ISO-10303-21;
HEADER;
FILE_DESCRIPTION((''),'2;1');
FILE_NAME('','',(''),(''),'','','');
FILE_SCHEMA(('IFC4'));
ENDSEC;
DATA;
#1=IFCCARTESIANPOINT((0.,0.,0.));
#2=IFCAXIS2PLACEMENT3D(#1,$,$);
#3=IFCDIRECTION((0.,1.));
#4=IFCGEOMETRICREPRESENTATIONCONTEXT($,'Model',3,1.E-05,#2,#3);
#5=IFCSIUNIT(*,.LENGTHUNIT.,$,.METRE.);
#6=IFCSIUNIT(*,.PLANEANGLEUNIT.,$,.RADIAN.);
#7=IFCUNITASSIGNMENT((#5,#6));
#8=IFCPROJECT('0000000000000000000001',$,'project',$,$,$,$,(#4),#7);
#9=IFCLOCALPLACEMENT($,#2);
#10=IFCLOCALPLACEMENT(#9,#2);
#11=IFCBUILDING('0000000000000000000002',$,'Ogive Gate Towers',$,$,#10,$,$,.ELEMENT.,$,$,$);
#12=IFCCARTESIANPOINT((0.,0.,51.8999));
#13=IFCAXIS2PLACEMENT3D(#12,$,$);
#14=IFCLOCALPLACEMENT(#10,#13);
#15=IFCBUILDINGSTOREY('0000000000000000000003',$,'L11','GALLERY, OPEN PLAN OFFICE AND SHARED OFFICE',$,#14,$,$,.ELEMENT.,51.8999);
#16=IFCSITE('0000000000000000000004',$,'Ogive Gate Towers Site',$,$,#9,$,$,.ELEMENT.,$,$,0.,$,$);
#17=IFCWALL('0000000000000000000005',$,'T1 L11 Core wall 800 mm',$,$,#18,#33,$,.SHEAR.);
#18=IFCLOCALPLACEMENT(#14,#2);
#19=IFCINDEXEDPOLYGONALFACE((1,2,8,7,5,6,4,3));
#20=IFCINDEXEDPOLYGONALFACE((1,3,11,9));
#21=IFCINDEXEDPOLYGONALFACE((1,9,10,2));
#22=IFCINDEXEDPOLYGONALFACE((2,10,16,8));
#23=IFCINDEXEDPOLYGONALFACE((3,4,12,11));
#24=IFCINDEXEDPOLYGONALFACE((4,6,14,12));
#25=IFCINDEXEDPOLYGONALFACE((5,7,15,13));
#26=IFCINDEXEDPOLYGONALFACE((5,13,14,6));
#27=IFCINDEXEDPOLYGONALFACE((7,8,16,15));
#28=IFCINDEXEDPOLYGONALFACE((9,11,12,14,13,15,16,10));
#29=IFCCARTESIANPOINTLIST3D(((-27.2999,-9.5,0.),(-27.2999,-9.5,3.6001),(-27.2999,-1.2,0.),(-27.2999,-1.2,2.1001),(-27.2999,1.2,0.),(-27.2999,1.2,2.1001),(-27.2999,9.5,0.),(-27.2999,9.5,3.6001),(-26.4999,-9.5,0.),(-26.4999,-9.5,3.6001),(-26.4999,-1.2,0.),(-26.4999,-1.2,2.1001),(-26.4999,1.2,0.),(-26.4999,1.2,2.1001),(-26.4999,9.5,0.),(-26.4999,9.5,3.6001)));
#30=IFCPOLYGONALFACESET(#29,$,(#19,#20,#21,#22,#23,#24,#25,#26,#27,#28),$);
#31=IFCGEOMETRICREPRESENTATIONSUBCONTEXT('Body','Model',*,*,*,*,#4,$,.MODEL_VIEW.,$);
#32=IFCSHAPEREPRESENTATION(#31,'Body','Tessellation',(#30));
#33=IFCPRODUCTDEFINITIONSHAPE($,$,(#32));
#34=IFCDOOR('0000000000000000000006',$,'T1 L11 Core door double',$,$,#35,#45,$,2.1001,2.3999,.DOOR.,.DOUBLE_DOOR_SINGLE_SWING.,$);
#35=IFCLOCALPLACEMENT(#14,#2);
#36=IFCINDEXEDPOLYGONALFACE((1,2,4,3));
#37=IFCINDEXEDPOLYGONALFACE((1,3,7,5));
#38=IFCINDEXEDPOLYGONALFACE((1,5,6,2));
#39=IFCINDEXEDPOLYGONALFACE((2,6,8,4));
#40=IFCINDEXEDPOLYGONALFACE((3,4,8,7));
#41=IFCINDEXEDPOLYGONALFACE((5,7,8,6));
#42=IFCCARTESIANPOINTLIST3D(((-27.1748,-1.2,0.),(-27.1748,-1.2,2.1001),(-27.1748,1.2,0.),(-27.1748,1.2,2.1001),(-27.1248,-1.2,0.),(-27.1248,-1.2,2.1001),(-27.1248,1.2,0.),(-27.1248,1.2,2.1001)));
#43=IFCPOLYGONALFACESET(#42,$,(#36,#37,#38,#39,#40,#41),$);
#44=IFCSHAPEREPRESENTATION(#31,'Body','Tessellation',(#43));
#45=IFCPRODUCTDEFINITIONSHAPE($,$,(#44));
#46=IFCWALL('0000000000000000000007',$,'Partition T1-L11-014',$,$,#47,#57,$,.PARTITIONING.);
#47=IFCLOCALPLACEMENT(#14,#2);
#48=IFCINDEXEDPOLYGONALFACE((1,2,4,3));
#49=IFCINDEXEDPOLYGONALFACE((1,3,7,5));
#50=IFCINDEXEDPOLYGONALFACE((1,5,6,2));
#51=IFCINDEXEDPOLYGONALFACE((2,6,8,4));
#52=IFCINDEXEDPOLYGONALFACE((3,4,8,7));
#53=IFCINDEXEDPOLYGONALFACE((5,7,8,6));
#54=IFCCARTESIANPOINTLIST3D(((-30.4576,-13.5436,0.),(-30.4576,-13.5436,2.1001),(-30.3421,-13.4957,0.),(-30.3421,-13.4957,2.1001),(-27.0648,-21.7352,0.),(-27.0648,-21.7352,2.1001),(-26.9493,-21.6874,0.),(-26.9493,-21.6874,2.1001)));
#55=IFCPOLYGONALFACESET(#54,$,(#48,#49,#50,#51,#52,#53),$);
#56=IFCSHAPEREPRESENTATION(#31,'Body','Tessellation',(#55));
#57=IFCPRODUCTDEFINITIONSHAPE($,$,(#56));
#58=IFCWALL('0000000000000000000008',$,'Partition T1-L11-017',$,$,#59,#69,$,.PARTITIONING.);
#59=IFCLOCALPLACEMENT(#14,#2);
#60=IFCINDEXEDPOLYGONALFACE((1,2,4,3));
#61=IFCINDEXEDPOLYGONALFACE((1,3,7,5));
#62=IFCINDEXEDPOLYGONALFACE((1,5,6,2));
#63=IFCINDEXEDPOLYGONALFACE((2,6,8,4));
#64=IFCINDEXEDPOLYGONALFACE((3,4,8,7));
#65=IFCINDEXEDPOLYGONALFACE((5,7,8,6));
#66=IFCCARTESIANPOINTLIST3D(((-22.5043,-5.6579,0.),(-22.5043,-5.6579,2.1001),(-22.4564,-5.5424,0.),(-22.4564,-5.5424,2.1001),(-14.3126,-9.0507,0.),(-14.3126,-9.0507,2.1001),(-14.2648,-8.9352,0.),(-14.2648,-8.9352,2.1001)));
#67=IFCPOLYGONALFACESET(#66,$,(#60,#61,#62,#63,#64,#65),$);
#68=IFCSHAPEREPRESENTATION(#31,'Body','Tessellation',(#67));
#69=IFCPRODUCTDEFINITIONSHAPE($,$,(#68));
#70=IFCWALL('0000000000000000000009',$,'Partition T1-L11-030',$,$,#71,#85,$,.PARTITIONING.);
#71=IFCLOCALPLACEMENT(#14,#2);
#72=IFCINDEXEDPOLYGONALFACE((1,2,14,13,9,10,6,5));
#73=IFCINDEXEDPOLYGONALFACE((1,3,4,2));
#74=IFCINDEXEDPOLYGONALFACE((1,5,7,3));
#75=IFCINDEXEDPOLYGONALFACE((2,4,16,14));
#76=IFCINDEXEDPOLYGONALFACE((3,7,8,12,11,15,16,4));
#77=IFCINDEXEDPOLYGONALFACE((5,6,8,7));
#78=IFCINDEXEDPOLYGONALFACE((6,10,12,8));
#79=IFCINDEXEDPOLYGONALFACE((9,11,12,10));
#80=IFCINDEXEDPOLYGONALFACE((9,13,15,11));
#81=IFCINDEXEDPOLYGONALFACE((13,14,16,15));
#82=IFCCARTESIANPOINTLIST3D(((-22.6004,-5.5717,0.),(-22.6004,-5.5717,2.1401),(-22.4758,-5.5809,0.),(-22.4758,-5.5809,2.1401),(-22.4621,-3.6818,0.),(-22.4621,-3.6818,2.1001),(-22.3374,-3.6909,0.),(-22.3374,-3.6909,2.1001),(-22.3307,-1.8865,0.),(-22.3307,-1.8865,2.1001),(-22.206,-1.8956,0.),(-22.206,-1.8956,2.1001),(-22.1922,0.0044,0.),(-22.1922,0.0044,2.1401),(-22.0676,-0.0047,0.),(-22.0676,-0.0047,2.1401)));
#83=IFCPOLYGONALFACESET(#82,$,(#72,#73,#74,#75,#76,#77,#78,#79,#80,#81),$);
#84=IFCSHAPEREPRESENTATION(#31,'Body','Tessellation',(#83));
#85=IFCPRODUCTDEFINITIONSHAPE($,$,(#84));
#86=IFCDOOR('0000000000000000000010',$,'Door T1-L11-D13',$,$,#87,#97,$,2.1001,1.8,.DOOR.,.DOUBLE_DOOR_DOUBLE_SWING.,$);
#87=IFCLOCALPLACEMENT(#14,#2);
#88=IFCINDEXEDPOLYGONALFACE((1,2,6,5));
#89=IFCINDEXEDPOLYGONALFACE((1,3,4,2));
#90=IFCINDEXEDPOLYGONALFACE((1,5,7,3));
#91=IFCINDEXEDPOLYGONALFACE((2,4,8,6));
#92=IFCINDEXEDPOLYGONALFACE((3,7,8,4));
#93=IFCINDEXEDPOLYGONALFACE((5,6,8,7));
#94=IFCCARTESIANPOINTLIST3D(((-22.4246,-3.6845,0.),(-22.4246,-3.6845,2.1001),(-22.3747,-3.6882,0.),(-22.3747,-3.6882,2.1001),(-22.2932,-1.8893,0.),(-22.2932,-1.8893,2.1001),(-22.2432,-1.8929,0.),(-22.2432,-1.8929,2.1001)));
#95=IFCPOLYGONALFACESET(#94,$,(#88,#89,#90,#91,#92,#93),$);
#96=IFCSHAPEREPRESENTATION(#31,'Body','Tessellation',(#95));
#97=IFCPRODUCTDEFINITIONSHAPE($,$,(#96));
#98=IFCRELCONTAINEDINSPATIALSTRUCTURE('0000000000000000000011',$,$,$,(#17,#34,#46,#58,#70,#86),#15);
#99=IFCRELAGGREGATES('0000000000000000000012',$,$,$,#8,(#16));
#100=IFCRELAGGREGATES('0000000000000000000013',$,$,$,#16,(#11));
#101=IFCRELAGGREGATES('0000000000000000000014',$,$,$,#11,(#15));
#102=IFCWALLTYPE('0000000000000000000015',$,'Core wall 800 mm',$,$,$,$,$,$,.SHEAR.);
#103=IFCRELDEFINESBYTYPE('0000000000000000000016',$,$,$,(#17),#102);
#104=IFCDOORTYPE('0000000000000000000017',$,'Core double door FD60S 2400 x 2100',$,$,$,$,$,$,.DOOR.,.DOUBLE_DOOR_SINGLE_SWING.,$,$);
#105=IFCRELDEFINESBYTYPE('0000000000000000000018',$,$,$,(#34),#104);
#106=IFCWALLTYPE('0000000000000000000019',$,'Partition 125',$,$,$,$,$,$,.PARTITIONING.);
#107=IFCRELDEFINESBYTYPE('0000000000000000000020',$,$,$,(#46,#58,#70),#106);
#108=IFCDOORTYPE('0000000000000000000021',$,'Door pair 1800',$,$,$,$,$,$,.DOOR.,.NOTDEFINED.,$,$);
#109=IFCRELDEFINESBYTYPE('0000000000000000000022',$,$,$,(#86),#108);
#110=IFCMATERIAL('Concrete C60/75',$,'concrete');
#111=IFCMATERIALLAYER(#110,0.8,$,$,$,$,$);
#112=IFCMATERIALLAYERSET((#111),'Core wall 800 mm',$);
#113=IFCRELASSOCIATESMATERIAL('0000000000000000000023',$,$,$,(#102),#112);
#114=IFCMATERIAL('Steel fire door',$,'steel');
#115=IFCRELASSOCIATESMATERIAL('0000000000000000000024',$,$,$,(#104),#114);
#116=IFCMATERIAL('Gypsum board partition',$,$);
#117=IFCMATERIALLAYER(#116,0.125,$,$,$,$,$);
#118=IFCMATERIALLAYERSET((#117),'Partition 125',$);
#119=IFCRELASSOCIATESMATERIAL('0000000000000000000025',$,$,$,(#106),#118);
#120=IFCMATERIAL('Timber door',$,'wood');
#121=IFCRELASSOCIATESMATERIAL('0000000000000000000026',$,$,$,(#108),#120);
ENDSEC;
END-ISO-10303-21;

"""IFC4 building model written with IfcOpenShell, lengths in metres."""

from ifc_helpers import new_model, si_unit, direction, frame, frame_2d, origin, place, context, subcontext, project, spatial, rectangle, extrude, material, layer, layer_set, type_object, element, fill, save


model = new_model("IFC4")

# Units and contexts
model_context = context("Model", 3, precision=1e-05, world=origin(), true_north=direction((0.0, 1.0)))
body_context = subcontext(model_context, "Body", "Model", "MODEL_VIEW")
ifc_project = project(units=[si_unit("LENGTHUNIT", "METRE"), si_unit("PLANEANGLEUNIT", "RADIAN")], contexts=[model_context])

# Site, building, storey
site_placement = place(None, origin())
site = spatial("IfcSite", under=ifc_project, at=site_placement, Name="Ogive Gate Towers Site", CompositionType="ELEMENT", RefElevation=0.0)
building_placement = place(site_placement, origin())
building = spatial("IfcBuilding", under=site, at=building_placement, Name="Ogive Gate Towers", CompositionType="ELEMENT")
storey_placement = place(building_placement, frame((0.0, 0.0, 51.8999)))
storey = spatial("IfcBuildingStorey", under=building, at=storey_placement, Name="L11", Description="GALLERY, OPEN PLAN OFFICE AND SHARED OFFICE", CompositionType="ELEMENT", Elevation=51.8999)

# Wall, opening, door
ifc_material_1 = material(Name="Timber door", Category="wood")
ifc_material_2 = material(Name="Concrete C60/75", Category="concrete")
ifc_layer_1 = layer(ifc_material_2, 0.8)
ifc_layer_set_1 = layer_set([ifc_layer_1], Name="Core wall 800 mm")
wall_type_1 = type_object("IfcWallType", Name="Core wall 800 mm", PredefinedType="SHEAR", material=ifc_layer_set_1)
wall_1_placement = place(storey_placement, frame((-26.8999, -9.5, 0.0), z_axis=(0.0, 0.0, 1.0), x_axis=(0.0, 1.0, 0.0)))
wall_1 = element("IfcWall", 1, at=wall_1_placement, inside=storey, type_object=wall_type_1, Name="T1 L11 Core wall 800 mm", PredefinedType="SHEAR", context=body_context, shape_type="SweptSolid", body=[
    extrude(rectangle(XDim=19.0, YDim=0.8, at=frame_2d((9.5, 0.0))), origin(), (0.0, 0.0, 1.0), 3.6001),
])
opening_1_placement = place(wall_1_placement, frame((8.3, 0.0, 0.0)))
opening_1 = element("IfcOpeningElement", 2, at=opening_1_placement, cuts=wall_1, PredefinedType="OPENING", context=body_context, shape_type="SweptSolid", body=[
    extrude(rectangle(XDim=2.3999, YDim=2.1001, at=frame_2d((1.2, 1.05))), frame((0.0, 0.4102, 0.0), z_axis=(0.0, -1.0, 0.0), x_axis=(1.0, 0.0, 0.0)), (0.0, 0.0, 1.0), 0.8201),
])
ifc_material_3 = material(Name="Steel fire door", Category="steel")
door_type_1 = type_object("IfcDoorType", Name="Core double door FD60S 2400 x 2100", OperationType="DOUBLE_DOOR_SINGLE_SWING", PredefinedType="DOOR", material=ifc_material_3)
door_1_placement = place(opening_1_placement, origin())
door_1 = element("IfcDoor", 3, at=door_1_placement, inside=storey, type_object=door_type_1, Name="T1 L11 Core door double", OperationType="DOUBLE_DOOR_SINGLE_SWING", OverallHeight=2.1001, OverallWidth=2.3999, PredefinedType="DOOR", context=body_context, shape_type="SweptSolid", body=[
    extrude(rectangle(XDim=2.3999, YDim=2.1001, at=frame_2d((1.2, 1.05))), frame((0.0, 0.2749, 0.0), z_axis=(0.0, -1.0, 0.0), x_axis=(1.0, 0.0, 0.0)), (0.0, 0.0, 1.0), 0.05),
])
fill(opening_1, door_1)

# Walls
ifc_material_4 = material(Name="Gypsum board partition")
ifc_layer_2 = layer(ifc_material_4, 0.125)
ifc_layer_set_2 = layer_set([ifc_layer_2], Name="Partition 125")
wall_type_2 = type_object("IfcWallType", Name="Partition 125", PredefinedType="PARTITIONING", material=ifc_layer_set_2)
for number, where, z_axis, x_axis, name in (
    (4, (-27.0071, -21.7112, 0.0), (0.0, 0.0, 1.0), (-0.382657, 0.92389, 0.0), "Partition T1-L11-014"),
    (5, (-14.2888, -8.9929, 0.0), (0.0, 0.0, 1.0), (-0.92389, 0.382657, 0.0), "Partition T1-L11-017"),
):
    element("IfcWall", number, at=place(storey_placement, frame(where, z_axis=z_axis, x_axis=x_axis)), inside=storey, type_object=wall_type_2, Name=name, PredefinedType="PARTITIONING", context=body_context, shape_type="SweptSolid", body=[
        extrude(rectangle(XDim=8.8665, YDim=0.125, at=frame_2d((4.4331, 0.0))), origin(), (0.0, 0.0, 1.0), 2.1001),
    ])

# Wall, opening, door
wall_2_placement = place(storey_placement, frame((-22.5381, -5.5762, 0.0), z_axis=(0.0, 0.0, 1.0), x_axis=(0.07301, 0.997331, 0.0)))
wall_2 = element("IfcWall", 6, at=wall_2_placement, inside=storey, type_object=wall_type_2, Name="Partition T1-L11-030", PredefinedType="PARTITIONING", context=body_context, shape_type="SweptSolid", body=[
    extrude(rectangle(XDim=5.5911, YDim=0.125, at=frame_2d((2.7954, 0.0))), origin(), (0.0, 0.0, 1.0), 2.1401),
])
opening_2_placement = place(wall_2_placement, frame((1.895, 0.0, 0.0)))
opening_2 = element("IfcOpeningElement", 7, at=opening_2_placement, cuts=wall_2, PredefinedType="OPENING", context=body_context, shape_type="SweptSolid", body=[
    extrude(rectangle(XDim=1.8, YDim=2.1001, at=frame_2d((0.8999, 1.05))), frame((0.0, 0.0725, 0.0), z_axis=(0.0, -1.0, 0.0), x_axis=(1.0, 0.0, 0.0)), (0.0, 0.0, 1.0), 0.145),
])
door_type_2 = type_object("IfcDoorType", Name="Door pair 1800", OperationType="NOTDEFINED", PredefinedType="DOOR", material=ifc_material_1)
door_2_placement = place(opening_2_placement, origin())
door_2 = element("IfcDoor", 8, at=door_2_placement, inside=storey, type_object=door_type_2, Name="Door T1-L11-D13", OperationType="DOUBLE_DOOR_DOUBLE_SWING", OverallHeight=2.1001, OverallWidth=1.8, PredefinedType="DOOR", context=body_context, shape_type="SweptSolid", body=[
    extrude(rectangle(XDim=1.8, YDim=2.1001, at=frame_2d((0.8999, 1.05))), frame((0.0, 0.0249, 0.0), z_axis=(0.0, -1.0, 0.0), x_axis=(1.0, 0.0, 0.0)), (0.0, 0.0, 1.0), 0.05),
])
fill(opening_2, door_2)

save(model, "model.ifc")
